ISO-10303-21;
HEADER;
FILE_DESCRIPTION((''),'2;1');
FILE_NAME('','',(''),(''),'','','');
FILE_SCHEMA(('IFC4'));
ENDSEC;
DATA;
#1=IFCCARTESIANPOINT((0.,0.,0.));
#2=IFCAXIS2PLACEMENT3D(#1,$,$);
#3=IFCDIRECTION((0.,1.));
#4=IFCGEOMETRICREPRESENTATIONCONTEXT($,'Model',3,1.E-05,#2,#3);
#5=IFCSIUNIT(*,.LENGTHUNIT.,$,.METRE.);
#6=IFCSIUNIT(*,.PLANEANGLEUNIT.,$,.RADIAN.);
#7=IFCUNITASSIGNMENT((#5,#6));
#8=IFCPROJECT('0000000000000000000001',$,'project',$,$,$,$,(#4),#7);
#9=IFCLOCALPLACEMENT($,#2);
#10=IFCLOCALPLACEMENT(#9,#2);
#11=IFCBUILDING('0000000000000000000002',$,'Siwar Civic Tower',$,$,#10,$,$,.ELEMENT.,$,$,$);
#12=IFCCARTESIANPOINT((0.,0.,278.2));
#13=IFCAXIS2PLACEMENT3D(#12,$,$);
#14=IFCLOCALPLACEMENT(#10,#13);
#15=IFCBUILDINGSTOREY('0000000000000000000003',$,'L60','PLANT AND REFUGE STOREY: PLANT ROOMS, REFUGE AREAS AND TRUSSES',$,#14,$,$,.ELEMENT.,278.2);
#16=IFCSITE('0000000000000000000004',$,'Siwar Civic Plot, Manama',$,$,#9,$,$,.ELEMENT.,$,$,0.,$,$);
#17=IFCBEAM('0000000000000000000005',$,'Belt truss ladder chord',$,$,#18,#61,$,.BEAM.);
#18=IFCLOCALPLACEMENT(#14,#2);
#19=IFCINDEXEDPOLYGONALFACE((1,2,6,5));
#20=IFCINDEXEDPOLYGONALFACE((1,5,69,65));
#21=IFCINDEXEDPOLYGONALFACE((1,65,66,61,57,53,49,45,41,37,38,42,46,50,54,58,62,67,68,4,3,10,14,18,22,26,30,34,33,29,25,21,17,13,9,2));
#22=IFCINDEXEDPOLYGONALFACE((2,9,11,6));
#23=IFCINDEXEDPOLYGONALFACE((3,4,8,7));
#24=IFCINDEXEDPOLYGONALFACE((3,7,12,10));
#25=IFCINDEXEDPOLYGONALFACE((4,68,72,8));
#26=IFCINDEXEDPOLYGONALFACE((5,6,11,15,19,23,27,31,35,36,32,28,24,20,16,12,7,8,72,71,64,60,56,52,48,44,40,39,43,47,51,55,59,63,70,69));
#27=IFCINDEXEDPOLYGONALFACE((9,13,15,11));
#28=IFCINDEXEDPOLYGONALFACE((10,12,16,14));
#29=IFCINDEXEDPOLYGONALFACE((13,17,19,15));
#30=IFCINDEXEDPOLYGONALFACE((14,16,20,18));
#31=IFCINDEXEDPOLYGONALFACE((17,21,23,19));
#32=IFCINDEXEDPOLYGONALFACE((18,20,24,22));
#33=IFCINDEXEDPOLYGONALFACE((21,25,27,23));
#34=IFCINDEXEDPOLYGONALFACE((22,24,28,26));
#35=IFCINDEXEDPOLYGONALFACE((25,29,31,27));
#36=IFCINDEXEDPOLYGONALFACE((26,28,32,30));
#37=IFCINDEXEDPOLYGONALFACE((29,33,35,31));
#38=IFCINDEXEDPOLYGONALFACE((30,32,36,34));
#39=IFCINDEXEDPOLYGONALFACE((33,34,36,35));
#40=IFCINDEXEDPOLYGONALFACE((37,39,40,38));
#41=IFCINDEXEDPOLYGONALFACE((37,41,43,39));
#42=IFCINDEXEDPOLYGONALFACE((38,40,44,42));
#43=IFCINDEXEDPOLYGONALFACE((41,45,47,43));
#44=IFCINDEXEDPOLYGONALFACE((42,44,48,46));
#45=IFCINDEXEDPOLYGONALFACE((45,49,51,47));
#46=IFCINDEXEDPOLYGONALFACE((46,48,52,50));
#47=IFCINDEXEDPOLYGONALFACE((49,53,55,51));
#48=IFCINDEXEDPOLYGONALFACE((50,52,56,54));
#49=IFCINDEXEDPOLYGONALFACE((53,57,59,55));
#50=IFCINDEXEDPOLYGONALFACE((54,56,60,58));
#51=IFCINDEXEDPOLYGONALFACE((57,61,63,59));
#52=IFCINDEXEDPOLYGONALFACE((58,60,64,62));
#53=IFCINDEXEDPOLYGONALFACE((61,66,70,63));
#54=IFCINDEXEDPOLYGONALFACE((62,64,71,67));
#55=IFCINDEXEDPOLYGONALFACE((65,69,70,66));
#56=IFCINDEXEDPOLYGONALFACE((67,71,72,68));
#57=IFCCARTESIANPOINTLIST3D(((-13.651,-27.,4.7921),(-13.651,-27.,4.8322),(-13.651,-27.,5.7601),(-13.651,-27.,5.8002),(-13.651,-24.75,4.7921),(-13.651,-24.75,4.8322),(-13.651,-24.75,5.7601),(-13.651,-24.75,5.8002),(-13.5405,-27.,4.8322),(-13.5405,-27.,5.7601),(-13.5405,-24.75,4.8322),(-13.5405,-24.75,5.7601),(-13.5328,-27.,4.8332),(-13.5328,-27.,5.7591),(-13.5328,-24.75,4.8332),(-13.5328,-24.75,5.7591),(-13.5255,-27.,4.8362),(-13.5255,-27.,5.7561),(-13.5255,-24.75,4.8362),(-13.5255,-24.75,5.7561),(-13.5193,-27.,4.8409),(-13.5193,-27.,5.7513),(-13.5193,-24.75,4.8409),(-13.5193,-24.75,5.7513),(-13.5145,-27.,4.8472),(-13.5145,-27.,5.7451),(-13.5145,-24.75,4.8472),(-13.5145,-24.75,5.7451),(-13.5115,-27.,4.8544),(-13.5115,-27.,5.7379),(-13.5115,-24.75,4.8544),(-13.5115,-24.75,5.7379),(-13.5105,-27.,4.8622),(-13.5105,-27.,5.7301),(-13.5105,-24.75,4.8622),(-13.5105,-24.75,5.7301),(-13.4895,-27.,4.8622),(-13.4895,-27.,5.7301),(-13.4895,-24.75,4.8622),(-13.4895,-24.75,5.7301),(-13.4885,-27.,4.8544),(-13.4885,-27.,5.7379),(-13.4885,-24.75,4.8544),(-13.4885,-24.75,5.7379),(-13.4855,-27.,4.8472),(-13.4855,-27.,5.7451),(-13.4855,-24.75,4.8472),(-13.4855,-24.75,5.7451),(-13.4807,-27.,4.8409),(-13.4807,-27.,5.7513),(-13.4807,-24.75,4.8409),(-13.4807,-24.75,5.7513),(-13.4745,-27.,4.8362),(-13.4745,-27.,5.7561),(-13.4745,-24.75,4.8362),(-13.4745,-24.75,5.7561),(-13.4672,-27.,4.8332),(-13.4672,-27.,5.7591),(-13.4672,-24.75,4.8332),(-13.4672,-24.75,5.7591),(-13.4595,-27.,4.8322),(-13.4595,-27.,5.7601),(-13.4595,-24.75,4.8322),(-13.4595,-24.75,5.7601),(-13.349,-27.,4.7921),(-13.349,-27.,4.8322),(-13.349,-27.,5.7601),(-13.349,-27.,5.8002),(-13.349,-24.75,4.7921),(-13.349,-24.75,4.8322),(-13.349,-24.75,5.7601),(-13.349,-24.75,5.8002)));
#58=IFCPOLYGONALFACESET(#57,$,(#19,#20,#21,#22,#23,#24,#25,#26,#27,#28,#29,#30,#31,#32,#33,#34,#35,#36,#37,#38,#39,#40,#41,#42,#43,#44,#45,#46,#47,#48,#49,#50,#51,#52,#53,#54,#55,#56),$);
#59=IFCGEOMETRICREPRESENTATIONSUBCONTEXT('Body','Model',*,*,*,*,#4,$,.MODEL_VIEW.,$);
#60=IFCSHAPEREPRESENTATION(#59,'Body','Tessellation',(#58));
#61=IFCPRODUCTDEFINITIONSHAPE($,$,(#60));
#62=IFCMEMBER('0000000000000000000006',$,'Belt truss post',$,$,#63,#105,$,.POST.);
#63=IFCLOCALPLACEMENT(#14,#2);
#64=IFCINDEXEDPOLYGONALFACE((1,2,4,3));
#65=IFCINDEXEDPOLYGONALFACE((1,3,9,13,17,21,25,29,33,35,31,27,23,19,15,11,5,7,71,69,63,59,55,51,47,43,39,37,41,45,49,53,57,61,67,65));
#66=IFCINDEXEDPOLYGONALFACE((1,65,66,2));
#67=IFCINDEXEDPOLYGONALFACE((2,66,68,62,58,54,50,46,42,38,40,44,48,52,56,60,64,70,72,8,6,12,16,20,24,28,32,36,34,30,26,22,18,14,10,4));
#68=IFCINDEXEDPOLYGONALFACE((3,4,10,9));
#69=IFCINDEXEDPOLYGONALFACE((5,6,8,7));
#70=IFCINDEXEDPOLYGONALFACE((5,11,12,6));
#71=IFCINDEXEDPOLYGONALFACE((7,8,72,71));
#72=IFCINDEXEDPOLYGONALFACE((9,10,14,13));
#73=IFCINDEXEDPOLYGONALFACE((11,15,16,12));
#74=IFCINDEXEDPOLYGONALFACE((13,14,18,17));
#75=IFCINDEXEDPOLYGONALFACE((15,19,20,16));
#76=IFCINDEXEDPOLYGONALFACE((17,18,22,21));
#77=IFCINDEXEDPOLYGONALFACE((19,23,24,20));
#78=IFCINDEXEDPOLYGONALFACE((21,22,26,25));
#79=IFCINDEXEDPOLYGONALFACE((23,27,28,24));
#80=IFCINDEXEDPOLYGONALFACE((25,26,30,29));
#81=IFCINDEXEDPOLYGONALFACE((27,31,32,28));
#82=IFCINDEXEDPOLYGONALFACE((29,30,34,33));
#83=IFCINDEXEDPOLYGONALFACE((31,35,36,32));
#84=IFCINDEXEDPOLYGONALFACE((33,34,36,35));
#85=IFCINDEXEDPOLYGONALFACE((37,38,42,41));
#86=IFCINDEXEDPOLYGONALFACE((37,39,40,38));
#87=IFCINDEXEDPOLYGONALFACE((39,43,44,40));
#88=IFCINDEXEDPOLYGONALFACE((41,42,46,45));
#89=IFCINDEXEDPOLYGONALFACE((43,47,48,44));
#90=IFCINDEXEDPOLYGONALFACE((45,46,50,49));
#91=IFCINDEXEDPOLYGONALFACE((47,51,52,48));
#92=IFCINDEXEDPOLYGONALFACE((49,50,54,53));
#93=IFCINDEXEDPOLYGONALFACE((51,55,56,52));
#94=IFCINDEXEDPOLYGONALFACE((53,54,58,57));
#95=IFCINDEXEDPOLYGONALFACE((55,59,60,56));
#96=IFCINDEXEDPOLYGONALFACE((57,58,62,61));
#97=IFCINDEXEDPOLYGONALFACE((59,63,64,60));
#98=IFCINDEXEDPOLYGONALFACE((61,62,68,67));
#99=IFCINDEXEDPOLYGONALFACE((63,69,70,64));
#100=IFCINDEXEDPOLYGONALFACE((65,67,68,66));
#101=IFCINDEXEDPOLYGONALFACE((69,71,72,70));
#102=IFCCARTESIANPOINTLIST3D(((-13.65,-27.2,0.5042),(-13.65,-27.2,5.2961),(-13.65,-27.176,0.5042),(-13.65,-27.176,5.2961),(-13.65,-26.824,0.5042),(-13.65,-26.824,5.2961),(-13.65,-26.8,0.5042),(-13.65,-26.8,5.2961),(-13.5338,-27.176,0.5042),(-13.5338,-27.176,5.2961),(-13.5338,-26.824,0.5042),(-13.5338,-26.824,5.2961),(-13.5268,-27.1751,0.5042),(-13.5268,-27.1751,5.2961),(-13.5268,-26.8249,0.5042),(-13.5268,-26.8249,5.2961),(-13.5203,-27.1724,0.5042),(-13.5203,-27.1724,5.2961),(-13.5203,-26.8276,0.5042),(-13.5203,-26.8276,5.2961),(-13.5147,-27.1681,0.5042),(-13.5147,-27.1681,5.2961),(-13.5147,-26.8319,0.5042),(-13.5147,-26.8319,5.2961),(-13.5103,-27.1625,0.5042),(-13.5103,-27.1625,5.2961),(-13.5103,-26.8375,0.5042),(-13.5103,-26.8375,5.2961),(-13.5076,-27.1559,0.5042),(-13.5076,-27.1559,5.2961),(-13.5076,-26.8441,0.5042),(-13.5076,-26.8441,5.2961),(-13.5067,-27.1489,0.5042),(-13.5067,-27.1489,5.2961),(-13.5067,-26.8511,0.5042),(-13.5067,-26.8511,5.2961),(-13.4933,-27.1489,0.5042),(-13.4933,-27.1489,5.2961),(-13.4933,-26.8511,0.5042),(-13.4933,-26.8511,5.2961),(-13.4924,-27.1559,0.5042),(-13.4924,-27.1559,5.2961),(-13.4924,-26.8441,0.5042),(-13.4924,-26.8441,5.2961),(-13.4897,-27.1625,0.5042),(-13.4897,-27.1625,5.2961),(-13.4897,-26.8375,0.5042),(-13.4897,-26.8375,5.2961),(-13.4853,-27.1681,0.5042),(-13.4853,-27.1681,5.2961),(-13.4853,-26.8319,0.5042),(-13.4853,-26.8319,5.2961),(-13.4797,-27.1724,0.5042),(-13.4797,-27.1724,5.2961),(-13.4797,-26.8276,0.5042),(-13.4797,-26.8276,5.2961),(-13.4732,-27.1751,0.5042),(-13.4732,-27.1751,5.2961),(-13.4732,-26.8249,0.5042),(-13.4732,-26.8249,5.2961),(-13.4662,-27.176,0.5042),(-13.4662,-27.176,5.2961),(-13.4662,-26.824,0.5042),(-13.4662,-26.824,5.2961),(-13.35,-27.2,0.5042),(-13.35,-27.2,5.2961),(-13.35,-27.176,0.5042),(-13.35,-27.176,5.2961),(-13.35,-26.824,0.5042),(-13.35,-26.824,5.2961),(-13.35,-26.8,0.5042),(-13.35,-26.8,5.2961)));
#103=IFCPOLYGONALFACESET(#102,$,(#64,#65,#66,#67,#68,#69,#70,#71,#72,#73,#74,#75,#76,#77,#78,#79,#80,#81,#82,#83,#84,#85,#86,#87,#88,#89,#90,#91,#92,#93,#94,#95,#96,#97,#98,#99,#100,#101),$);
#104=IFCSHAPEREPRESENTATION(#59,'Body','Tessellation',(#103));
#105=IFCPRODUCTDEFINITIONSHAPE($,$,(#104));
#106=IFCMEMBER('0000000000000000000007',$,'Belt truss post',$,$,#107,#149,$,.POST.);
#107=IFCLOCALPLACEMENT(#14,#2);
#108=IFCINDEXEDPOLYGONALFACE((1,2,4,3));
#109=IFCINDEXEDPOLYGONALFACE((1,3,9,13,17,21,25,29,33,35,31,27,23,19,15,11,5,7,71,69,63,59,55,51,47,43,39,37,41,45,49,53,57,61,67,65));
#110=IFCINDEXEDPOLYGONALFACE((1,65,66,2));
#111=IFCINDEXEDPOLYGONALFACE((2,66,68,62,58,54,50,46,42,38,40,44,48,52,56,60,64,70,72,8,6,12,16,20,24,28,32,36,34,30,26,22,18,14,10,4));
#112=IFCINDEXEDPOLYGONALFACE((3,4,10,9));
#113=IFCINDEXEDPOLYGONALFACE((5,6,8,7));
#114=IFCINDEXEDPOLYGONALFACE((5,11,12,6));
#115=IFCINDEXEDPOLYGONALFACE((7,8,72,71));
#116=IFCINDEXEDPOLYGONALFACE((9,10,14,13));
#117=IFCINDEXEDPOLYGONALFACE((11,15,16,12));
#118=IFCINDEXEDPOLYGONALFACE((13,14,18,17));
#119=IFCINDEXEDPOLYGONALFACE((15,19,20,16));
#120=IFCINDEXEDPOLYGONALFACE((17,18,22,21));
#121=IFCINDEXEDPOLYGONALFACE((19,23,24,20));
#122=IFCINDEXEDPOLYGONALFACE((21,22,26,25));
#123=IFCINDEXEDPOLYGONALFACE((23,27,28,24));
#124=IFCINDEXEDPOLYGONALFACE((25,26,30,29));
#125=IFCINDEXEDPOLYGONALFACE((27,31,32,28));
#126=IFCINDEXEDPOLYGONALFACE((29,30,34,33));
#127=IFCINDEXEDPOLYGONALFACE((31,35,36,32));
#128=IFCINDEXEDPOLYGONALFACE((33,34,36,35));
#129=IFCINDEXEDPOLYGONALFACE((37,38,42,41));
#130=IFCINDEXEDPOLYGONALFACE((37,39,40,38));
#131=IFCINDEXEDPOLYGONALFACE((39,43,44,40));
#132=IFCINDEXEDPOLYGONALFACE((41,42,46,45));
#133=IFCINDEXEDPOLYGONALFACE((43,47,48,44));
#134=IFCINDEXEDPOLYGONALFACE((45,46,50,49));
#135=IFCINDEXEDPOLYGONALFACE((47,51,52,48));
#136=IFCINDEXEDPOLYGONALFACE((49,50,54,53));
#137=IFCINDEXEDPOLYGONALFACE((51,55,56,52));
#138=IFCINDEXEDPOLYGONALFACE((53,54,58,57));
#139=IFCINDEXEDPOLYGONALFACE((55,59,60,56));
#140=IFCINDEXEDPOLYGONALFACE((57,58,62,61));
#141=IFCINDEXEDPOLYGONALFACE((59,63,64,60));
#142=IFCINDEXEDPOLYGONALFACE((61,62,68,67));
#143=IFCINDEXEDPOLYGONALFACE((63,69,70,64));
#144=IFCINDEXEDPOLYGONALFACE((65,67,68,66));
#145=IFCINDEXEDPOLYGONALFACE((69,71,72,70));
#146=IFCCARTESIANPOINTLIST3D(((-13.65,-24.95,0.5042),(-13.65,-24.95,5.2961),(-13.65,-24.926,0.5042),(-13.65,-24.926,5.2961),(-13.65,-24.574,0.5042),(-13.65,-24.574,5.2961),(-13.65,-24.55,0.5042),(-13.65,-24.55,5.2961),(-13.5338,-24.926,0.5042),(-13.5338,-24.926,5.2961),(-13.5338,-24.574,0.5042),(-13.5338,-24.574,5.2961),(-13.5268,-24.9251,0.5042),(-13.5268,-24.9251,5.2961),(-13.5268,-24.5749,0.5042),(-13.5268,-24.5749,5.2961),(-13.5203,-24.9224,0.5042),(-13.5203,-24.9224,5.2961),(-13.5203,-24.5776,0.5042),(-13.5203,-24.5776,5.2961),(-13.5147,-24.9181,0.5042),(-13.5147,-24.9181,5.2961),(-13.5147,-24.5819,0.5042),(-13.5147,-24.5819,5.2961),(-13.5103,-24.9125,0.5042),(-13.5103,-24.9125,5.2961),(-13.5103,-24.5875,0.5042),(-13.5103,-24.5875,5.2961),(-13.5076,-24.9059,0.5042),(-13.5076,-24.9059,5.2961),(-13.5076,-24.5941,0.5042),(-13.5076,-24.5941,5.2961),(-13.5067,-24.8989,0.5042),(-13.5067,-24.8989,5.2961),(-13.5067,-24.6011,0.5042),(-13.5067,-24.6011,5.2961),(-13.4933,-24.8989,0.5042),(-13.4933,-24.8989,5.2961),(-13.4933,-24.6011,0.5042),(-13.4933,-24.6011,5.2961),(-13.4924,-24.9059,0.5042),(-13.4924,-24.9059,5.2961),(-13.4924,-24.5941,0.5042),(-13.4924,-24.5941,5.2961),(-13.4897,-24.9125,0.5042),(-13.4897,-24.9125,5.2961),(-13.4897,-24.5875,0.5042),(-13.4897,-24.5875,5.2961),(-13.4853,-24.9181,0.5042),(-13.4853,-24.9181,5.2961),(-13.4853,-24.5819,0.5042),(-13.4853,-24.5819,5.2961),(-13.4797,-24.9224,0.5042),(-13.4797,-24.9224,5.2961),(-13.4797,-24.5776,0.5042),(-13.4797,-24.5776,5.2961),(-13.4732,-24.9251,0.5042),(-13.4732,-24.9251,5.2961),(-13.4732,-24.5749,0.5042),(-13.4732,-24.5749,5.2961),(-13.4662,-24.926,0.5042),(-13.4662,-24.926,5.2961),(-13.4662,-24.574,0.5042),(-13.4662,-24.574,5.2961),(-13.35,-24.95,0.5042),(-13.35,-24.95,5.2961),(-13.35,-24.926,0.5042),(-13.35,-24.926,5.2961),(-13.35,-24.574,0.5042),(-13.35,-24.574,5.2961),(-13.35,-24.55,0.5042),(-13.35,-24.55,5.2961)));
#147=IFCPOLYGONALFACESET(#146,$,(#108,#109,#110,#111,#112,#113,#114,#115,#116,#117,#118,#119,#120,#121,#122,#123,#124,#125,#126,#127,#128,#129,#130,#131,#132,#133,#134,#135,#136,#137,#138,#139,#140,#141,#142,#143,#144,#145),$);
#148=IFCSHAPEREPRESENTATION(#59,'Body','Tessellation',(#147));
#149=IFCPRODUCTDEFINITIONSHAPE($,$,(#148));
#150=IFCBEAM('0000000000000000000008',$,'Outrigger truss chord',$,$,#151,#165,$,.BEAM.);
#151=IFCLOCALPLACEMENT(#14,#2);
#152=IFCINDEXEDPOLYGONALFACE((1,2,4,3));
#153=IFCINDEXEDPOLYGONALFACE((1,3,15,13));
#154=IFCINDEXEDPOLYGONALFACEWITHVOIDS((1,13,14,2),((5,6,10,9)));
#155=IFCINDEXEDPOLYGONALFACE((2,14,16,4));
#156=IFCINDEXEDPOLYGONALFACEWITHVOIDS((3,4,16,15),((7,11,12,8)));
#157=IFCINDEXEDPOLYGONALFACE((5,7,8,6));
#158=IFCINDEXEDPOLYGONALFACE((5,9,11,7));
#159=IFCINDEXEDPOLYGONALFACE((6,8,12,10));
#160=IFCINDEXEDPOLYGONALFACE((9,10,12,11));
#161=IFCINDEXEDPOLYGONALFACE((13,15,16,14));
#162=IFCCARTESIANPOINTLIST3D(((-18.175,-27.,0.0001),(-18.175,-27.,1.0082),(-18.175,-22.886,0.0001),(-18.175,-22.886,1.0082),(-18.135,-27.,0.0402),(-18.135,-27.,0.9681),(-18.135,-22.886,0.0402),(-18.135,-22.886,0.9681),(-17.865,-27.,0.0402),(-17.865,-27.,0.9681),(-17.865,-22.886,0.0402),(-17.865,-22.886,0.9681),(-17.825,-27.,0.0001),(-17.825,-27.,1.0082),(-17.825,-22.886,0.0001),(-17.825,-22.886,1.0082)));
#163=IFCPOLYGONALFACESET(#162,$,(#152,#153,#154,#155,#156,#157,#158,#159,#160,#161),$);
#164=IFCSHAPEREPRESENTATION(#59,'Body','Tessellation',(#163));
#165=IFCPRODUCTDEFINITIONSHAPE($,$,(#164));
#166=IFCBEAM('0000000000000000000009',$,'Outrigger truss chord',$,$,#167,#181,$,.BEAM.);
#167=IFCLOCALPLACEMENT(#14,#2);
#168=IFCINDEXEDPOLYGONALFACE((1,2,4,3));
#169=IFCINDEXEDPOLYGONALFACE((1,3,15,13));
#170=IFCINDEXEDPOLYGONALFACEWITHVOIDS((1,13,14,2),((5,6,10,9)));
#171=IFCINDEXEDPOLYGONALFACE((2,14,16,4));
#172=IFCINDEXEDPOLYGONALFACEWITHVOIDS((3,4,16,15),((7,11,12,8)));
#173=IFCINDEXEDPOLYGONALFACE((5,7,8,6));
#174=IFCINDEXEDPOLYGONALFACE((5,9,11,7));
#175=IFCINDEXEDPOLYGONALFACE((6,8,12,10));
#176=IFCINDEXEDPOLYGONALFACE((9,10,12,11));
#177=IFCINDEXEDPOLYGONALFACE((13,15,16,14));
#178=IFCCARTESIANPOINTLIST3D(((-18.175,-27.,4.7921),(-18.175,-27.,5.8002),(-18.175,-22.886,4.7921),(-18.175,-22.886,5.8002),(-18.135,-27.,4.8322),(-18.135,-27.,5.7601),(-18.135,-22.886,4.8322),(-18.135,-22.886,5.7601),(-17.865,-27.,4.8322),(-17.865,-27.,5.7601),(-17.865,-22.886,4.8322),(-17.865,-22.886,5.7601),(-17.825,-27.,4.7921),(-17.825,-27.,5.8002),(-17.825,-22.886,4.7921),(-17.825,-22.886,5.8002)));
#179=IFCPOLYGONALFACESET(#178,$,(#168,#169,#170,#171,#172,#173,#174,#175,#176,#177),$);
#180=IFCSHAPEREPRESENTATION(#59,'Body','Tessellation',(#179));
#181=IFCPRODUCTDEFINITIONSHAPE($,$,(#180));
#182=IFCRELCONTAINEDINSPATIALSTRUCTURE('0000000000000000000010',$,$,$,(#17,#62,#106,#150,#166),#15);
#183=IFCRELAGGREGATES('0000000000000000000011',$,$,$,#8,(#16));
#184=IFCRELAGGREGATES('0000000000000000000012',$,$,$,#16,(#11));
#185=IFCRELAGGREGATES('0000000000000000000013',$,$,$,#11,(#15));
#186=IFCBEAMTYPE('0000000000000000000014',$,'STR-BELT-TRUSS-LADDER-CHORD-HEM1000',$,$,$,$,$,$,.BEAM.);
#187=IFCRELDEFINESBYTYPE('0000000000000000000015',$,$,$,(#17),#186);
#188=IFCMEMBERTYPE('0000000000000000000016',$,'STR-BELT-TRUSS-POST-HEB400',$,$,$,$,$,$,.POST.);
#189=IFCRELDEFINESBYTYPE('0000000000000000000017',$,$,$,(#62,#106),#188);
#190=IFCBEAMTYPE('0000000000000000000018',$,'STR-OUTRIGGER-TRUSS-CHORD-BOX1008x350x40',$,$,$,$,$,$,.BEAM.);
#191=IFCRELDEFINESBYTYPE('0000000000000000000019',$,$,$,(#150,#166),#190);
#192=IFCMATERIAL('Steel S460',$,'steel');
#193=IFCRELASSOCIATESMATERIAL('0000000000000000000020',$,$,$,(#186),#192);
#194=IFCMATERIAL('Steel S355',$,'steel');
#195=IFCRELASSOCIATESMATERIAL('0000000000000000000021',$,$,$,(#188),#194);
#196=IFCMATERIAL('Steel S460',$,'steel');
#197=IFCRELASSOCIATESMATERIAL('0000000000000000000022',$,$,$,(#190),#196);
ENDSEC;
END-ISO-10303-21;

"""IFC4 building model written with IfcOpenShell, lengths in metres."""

from ifc_helpers import new_model, si_unit, direction, frame, origin, origin_2d, place, context, subcontext, project, spatial, hollow_rectangle, i_section, extrude, material, material_profile, profile_set, type_object, element, save


model = new_model("IFC4")

# Units and contexts
model_context = context("Model", 3, precision=1e-05, world=origin(), true_north=direction((0.0, 1.0)))
body_context = subcontext(model_context, "Body", "Model", "MODEL_VIEW")
ifc_project = project(units=[si_unit("LENGTHUNIT", "METRE"), si_unit("PLANEANGLEUNIT", "RADIAN")], contexts=[model_context])

# Site, building, storey
site_placement = place(None, origin())
site = spatial("IfcSite", under=ifc_project, at=site_placement, Name="Siwar Civic Plot, Manama", CompositionType="ELEMENT", RefElevation=0.0)
building_placement = place(site_placement, origin())
building = spatial("IfcBuilding", under=site, at=building_placement, Name="Siwar Civic Tower", CompositionType="ELEMENT")
storey_placement = place(building_placement, frame((0.0, 0.0, 278.2)))
storey = spatial("IfcBuildingStorey", under=building, at=storey_placement, Name="L60", Description="PLANT AND REFUGE STOREY: PLANT ROOMS, REFUGE AREAS AND TRUSSES", CompositionType="ELEMENT", Elevation=278.2)

# Beam
ifc_material_1 = material(Name="Steel S460", Category="steel")
ifc_material_profile_1 = material_profile(ifc_material_1, i_section(OverallWidth=0.302, OverallDepth=1.0081, WebThickness=0.021, FlangeThickness=0.04, FilletRadius=0.03, at=origin_2d()), Name="HEM1000")
ifc_profile_set_1 = profile_set([ifc_material_profile_1], Name="Steel S460")
beam_type_1 = type_object("IfcBeamType", Name="STR-BELT-TRUSS-LADDER-CHORD-HEM1000", PredefinedType="BEAM", material=ifc_profile_set_1)
for number, where, z_axis, x_axis, name in (
    (1, (-13.5, -24.75, 5.2961), (0.0, -1.0, 0.0), (1.0, 0.0, 0.0), "Belt truss ladder chord"),
):
    element("IfcBeam", number, at=place(storey_placement, frame(where, z_axis=z_axis, x_axis=x_axis)), inside=storey, type_object=beam_type_1, Name=name, PredefinedType="BEAM", context=body_context, shape_type="SweptSolid", body=[
        extrude(i_section(OverallWidth=0.302, OverallDepth=1.0081, WebThickness=0.021, FlangeThickness=0.04, FilletRadius=0.03, at=origin_2d()), origin(), (0.0, 0.0, 1.0), 2.25),
    ])

# Members
ifc_material_2 = material(Name="Steel S355", Category="steel")
ifc_material_profile_2 = material_profile(ifc_material_2, i_section(OverallWidth=0.3, OverallDepth=0.3999, WebThickness=0.0134, FlangeThickness=0.0239, FilletRadius=0.0271, at=origin_2d()), Name="HEB400")
ifc_profile_set_2 = profile_set([ifc_material_profile_2], Name="Steel S355")
member_type_1 = type_object("IfcMemberType", Name="STR-BELT-TRUSS-POST-HEB400", PredefinedType="POST", material=ifc_profile_set_2)
for number, where, z_axis, x_axis, name in (
    (2, (-13.5, -27.0, 0.5042), (0.0, 0.0, 1.0), (1.0, 0.0, 0.0), "Belt truss post"),
    (3, (-13.5, -24.75, 0.5042), (0.0, 0.0, 1.0), (1.0, 0.0, 0.0), "Belt truss post"),
):
    element("IfcMember", number, at=place(storey_placement, frame(where, z_axis=z_axis, x_axis=x_axis)), inside=storey, type_object=member_type_1, Name=name, PredefinedType="POST", context=body_context, shape_type="SweptSolid", body=[
        extrude(i_section(OverallWidth=0.3, OverallDepth=0.3999, WebThickness=0.0134, FlangeThickness=0.0239, FilletRadius=0.0271, at=origin_2d()), origin(), (0.0, 0.0, 1.0), 4.792),
    ])

# Beams
ifc_material_3 = material(Name="Steel S460", Category="steel")
ifc_material_profile_3 = material_profile(ifc_material_3, hollow_rectangle(XDim=0.3501, YDim=1.0081, WallThickness=0.04, at=origin_2d()), Name="BOX1008x350x40")
ifc_profile_set_3 = profile_set([ifc_material_profile_3], Name="Steel S460")
beam_type_2 = type_object("IfcBeamType", Name="STR-OUTRIGGER-TRUSS-CHORD-BOX1008x350x40", PredefinedType="BEAM", material=ifc_profile_set_3)
for number, where, z_axis, x_axis, name in (
    (4, (-18.0, -27.0, 0.5042), (0.0, 1.0, 0.0), (-1.0, 0.0, 0.0), "Outrigger truss chord"),
    (5, (-18.0, -27.0, 5.2961), (0.0, 1.0, 0.0), (-1.0, 0.0, 0.0), "Outrigger truss chord"),
):
    element("IfcBeam", number, at=place(storey_placement, frame(where, z_axis=z_axis, x_axis=x_axis)), inside=storey, type_object=beam_type_2, Name=name, PredefinedType="BEAM", context=body_context, shape_type="SweptSolid", body=[
        extrude(hollow_rectangle(XDim=0.3501, YDim=1.0081, WallThickness=0.04, at=origin_2d()), origin(), (0.0, 0.0, 1.0), 4.114),
    ])

save(model, "model.ifc")
